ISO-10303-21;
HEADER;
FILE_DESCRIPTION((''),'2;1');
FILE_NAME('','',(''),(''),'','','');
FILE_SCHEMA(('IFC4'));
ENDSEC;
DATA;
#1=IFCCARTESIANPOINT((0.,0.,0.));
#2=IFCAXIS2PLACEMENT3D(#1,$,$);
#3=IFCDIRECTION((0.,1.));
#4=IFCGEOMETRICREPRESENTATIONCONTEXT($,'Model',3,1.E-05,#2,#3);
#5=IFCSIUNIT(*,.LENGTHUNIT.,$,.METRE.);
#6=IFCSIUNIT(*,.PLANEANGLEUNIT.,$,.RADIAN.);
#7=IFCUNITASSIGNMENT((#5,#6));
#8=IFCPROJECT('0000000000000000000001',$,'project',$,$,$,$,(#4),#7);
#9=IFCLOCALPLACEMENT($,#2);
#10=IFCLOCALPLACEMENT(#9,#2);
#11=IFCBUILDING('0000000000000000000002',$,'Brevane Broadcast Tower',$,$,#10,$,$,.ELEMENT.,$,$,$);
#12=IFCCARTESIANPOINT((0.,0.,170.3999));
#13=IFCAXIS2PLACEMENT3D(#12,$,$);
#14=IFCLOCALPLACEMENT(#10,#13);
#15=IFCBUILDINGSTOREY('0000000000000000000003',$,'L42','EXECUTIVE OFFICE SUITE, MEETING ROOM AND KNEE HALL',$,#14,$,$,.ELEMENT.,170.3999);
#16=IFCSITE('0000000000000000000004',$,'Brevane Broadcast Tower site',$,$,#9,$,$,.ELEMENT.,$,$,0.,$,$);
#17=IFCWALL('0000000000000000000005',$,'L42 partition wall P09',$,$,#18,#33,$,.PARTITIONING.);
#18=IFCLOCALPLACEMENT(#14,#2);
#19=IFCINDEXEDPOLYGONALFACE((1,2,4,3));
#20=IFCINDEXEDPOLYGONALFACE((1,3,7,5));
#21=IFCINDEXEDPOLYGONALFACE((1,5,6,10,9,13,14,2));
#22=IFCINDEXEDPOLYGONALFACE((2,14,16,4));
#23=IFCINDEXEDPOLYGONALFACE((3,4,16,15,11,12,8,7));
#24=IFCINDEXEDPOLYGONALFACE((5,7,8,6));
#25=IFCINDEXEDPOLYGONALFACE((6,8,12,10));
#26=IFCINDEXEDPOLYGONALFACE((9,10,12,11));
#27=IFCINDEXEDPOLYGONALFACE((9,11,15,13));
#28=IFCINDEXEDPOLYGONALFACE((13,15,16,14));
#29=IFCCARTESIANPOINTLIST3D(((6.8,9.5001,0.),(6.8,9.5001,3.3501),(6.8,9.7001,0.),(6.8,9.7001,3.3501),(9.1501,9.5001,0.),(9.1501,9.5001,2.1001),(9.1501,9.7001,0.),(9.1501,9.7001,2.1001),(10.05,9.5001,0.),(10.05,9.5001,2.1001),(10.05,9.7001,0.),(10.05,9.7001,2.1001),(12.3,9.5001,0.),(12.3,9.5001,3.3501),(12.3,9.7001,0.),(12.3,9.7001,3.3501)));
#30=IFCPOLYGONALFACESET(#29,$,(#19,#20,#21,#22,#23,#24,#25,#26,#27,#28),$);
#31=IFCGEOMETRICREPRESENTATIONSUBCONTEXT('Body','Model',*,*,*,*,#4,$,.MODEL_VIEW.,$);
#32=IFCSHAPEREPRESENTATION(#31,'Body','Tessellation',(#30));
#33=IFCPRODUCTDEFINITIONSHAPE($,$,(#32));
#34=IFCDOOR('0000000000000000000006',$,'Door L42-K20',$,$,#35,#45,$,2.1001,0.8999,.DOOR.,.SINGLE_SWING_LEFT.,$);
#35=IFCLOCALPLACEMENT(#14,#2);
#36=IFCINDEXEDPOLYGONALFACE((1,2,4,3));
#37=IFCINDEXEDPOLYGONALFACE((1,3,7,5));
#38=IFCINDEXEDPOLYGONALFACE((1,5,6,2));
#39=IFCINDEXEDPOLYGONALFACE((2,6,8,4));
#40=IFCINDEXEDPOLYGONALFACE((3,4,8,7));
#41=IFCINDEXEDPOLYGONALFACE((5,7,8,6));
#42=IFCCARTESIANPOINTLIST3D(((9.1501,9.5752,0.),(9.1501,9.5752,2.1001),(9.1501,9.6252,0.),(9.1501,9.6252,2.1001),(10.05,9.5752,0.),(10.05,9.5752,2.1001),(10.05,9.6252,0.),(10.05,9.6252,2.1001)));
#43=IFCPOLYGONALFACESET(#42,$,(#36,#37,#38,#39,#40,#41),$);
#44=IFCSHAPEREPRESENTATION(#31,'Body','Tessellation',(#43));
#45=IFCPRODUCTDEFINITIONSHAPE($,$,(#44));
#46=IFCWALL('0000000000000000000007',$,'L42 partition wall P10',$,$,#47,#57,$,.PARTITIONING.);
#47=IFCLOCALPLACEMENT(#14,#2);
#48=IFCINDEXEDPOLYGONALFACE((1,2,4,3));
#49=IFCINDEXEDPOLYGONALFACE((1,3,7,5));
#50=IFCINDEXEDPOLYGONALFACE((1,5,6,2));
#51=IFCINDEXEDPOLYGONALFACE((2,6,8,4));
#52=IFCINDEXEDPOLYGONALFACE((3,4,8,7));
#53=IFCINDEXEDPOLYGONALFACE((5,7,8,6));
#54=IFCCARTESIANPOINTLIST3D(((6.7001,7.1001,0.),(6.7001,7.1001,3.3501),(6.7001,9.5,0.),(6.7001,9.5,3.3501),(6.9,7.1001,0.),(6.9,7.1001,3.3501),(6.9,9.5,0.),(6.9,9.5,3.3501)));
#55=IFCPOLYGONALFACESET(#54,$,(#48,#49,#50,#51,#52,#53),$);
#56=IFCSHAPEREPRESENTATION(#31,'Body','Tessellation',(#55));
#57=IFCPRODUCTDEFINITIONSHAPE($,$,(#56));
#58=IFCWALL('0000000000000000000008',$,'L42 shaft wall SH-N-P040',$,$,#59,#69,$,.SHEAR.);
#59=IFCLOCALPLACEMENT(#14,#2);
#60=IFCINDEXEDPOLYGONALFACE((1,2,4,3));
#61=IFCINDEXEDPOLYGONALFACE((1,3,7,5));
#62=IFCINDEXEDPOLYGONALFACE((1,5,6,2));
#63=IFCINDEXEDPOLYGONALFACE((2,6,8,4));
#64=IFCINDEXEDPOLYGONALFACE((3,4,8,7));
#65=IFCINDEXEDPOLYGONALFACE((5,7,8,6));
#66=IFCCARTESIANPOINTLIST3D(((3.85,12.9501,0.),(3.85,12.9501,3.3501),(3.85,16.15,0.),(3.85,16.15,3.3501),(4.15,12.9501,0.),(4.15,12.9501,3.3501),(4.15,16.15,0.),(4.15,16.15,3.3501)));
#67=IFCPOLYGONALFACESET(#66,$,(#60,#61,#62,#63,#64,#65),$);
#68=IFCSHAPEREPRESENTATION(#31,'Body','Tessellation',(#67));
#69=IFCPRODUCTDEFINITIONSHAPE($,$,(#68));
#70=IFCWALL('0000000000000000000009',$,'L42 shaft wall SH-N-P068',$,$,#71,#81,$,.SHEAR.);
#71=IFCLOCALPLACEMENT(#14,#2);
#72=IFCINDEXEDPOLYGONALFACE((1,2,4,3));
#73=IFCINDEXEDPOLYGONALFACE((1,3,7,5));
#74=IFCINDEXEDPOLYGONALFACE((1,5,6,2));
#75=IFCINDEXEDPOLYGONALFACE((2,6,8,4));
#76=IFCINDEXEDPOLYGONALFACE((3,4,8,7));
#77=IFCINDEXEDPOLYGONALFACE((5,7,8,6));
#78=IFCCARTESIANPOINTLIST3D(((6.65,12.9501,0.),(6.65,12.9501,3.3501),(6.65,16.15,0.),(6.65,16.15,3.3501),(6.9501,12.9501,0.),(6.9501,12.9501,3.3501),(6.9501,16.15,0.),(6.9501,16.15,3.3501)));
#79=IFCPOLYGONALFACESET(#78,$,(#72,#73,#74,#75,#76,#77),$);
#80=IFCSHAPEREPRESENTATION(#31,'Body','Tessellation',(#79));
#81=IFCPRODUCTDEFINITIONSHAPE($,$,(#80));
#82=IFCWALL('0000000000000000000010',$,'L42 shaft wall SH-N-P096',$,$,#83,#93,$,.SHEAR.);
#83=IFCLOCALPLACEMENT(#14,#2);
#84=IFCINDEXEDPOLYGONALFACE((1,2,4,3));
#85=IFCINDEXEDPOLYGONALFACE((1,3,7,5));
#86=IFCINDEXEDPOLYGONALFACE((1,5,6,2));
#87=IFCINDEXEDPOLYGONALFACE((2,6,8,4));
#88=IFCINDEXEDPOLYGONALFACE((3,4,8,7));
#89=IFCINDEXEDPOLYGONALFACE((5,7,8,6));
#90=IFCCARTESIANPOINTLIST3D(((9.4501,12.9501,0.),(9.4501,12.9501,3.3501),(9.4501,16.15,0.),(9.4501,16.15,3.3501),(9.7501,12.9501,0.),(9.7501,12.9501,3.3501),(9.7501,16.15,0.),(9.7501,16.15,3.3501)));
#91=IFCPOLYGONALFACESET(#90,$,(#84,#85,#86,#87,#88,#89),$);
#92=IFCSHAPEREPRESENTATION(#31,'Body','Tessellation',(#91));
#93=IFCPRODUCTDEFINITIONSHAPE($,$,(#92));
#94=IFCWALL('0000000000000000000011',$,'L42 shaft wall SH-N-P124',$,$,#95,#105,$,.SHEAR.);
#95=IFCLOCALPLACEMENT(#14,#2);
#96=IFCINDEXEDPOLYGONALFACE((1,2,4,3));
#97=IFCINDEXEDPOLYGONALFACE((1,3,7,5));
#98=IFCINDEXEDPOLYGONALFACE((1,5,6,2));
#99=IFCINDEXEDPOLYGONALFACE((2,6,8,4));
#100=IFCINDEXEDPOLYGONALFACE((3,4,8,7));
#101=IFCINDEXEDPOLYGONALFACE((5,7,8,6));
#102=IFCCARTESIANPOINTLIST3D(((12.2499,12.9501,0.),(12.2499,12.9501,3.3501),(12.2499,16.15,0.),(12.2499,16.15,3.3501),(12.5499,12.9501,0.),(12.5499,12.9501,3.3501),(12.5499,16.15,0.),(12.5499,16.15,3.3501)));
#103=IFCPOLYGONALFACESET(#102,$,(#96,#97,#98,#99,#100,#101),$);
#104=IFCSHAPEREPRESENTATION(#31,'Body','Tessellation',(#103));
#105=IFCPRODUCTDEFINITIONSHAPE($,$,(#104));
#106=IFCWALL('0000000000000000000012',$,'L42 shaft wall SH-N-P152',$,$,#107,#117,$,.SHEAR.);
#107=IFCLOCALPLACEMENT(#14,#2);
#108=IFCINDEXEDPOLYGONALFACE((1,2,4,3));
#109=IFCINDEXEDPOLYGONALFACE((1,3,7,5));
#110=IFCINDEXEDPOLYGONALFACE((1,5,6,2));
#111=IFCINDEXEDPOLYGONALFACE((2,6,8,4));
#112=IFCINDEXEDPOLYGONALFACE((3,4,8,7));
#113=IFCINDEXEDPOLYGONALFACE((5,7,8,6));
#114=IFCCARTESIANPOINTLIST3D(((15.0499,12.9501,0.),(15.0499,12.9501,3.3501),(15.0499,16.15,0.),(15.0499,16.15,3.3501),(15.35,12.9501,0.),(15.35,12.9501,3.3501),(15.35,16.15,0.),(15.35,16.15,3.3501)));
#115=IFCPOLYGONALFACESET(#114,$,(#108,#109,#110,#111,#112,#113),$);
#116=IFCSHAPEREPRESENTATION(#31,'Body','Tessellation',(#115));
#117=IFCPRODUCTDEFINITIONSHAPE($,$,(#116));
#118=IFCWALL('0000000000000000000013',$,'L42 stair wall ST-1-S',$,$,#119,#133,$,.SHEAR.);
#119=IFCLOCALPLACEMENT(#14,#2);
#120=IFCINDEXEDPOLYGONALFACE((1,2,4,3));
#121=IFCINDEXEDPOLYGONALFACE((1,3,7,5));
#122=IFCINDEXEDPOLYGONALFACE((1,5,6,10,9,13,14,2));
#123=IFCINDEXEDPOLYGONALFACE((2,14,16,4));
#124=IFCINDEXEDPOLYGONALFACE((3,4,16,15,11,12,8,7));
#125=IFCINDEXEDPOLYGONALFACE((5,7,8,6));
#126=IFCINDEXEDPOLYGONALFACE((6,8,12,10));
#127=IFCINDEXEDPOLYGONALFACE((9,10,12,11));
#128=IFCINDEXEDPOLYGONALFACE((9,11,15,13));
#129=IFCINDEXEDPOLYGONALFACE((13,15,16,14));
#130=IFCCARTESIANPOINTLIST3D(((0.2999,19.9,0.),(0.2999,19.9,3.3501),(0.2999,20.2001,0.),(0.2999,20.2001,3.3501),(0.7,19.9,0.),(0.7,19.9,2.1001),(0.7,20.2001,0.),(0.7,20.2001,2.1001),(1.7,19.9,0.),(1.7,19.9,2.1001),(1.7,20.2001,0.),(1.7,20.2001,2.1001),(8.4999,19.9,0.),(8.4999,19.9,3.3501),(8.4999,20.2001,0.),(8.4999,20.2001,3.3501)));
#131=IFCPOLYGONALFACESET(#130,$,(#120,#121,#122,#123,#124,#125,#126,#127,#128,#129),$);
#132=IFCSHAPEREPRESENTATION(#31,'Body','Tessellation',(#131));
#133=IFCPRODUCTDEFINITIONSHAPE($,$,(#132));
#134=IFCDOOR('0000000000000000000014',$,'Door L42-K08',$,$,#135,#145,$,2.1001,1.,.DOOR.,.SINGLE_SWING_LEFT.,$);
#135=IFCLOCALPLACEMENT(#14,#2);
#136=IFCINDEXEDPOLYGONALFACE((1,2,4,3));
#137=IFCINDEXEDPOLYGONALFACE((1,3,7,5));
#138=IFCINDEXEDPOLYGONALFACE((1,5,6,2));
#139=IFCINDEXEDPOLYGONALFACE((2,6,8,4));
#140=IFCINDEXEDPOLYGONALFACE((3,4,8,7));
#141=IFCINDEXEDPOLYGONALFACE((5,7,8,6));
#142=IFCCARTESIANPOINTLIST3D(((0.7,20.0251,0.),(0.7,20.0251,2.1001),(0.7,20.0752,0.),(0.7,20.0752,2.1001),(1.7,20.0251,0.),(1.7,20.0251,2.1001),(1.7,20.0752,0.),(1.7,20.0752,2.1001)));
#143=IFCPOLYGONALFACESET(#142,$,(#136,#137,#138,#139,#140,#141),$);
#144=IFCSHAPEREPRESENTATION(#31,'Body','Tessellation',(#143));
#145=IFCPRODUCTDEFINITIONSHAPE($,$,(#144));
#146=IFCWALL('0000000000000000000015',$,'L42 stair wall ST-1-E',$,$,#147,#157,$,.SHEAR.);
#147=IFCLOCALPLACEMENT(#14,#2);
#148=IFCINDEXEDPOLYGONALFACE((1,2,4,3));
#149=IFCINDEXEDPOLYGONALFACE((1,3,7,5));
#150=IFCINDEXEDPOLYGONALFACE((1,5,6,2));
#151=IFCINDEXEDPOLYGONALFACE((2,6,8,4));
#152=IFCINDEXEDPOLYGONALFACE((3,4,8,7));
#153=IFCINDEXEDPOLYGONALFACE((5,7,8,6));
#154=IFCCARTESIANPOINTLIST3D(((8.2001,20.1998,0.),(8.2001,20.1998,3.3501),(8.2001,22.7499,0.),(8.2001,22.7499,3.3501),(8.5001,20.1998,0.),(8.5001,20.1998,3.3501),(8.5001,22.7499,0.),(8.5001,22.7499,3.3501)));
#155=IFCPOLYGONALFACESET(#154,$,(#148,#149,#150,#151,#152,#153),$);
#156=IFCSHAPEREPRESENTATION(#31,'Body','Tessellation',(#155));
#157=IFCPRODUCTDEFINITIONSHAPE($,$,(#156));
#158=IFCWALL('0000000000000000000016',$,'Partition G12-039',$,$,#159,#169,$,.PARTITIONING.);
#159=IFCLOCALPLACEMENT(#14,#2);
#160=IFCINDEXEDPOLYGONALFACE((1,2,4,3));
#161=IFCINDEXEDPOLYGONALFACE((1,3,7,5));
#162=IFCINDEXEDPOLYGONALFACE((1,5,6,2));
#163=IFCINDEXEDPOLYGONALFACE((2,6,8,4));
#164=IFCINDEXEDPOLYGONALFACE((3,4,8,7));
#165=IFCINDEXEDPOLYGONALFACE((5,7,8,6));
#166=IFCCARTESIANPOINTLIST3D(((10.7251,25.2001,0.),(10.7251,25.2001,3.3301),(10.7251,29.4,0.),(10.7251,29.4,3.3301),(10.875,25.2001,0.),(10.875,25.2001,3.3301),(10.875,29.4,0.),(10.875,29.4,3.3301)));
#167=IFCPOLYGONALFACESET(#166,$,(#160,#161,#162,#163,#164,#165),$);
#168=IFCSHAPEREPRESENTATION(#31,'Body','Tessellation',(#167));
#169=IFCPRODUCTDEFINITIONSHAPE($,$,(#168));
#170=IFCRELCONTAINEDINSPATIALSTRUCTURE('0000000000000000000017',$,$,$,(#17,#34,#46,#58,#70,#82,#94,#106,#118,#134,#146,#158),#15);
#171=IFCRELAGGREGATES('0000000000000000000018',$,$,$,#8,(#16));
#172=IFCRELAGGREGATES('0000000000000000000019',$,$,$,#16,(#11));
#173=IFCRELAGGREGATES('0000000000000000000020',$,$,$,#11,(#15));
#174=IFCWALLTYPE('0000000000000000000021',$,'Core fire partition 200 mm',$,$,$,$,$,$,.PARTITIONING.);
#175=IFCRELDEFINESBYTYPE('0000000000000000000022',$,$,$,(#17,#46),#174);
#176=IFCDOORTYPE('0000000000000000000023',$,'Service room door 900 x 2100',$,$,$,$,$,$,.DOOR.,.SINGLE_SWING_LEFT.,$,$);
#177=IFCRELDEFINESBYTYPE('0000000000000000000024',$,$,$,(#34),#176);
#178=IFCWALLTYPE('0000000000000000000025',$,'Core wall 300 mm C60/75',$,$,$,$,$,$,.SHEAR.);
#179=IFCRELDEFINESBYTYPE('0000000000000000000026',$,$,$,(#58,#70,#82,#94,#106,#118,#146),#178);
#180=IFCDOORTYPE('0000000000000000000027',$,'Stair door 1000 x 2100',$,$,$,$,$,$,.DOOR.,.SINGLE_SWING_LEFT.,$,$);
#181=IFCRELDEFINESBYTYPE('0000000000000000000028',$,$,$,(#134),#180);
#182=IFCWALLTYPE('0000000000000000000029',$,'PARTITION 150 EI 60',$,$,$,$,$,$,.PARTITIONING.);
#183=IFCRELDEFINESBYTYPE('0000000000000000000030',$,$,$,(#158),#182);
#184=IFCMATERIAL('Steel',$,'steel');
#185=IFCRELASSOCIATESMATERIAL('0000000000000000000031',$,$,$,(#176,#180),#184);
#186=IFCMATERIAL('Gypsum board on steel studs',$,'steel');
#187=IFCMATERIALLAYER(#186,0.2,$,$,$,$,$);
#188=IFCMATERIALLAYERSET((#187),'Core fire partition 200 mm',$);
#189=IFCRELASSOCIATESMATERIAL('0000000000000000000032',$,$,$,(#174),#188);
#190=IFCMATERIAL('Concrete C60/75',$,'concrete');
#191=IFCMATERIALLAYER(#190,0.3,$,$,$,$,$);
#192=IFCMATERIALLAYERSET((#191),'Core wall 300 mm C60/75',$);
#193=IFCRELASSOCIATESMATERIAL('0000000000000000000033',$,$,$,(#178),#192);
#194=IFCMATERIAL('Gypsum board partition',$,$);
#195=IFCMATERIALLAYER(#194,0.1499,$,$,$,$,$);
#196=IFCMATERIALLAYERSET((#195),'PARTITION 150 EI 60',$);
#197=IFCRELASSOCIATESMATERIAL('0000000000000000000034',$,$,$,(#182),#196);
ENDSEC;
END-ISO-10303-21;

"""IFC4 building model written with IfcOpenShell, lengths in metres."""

from ifc_helpers import new_model, si_unit, direction, frame, frame_2d, origin, place, context, subcontext, project, spatial, rectangle, extrude, material, layer, layer_set, type_object, element, fill, save


model = new_model("IFC4")

# Units and contexts
model_context = context("Model", 3, precision=1e-05, world=origin(), true_north=direction((0.0, 1.0)))
body_context = subcontext(model_context, "Body", "Model", "MODEL_VIEW")
ifc_project = project(units=[si_unit("LENGTHUNIT", "METRE"), si_unit("PLANEANGLEUNIT", "RADIAN")], contexts=[model_context])

# Site, building, storey
site_placement = place(None, origin())
site = spatial("IfcSite", under=ifc_project, at=site_placement, Name="Brevane Broadcast Tower site", CompositionType="ELEMENT", RefElevation=0.0)
building_placement = place(site_placement, origin())
building = spatial("IfcBuilding", under=site, at=building_placement, Name="Brevane Broadcast Tower", CompositionType="ELEMENT")
storey_placement = place(building_placement, frame((0.0, 0.0, 170.3999)))
storey = spatial("IfcBuildingStorey", under=building, at=storey_placement, Name="L42", Description="EXECUTIVE OFFICE SUITE, MEETING ROOM AND KNEE HALL", CompositionType="ELEMENT", Elevation=170.3999)

# Shared definitions
ifc_material_1 = material(Name="Concrete C60/75", Category="concrete")

# Shared definitions
ifc_material_2 = material(Name="Gypsum board on steel studs", Category="steel")
ifc_material_3 = material(Name="Steel", Category="steel")
door_type_1 = type_object("IfcDoorType", Name="Service room door 900 x 2100", OperationType="SINGLE_SWING_LEFT", PredefinedType="DOOR", material=ifc_material_3)
ifc_layer_1 = layer(ifc_material_2, 0.2)
ifc_layer_set_1 = layer_set([ifc_layer_1], Name="Core fire partition 200 mm")
wall_type_1 = type_object("IfcWallType", Name="Core fire partition 200 mm", PredefinedType="PARTITIONING", material=ifc_layer_set_1)
door_type_2 = type_object("IfcDoorType", Name="Stair door 1000 x 2100", OperationType="SINGLE_SWING_LEFT", PredefinedType="DOOR", material=ifc_material_3)

# Wall, opening, door
wall_1_placement = place(storey_placement, frame((12.3, 9.6001, 0.0), z_axis=(0.0, 0.0, 1.0), x_axis=(-1.0, 0.0, 0.0)))
wall_1 = element("IfcWall", 1, at=wall_1_placement, inside=storey, type_object=wall_type_1, Name="L42 partition wall P09", PredefinedType="PARTITIONING", context=body_context, shape_type="SweptSolid", body=[
    extrude(rectangle(XDim=5.5, YDim=0.2, at=frame_2d((2.75, 0.0))), origin(), (0.0, 0.0, 1.0), 3.3501),
])
opening_1_placement = place(wall_1_placement, frame((2.25, 0.0, 0.0)))
opening_1 = element("IfcOpeningElement", 2, at=opening_1_placement, cuts=wall_1, PredefinedType="OPENING", context=body_context, shape_type="SweptSolid", body=[
    extrude(rectangle(XDim=0.8999, YDim=2.1001, at=frame_2d((0.45, 1.05))), frame((0.0, 0.1099, 0.0), z_axis=(0.0, -1.0, 0.0), x_axis=(1.0, 0.0, 0.0)), (0.0, 0.0, 1.0), 0.22),
])
door_1_placement = place(opening_1_placement, origin())
door_1 = element("IfcDoor", 3, at=door_1_placement, inside=storey, type_object=door_type_1, Name="Door L42-K20", OperationType="SINGLE_SWING_LEFT", OverallHeight=2.1001, OverallWidth=0.8999, PredefinedType="DOOR", context=body_context, shape_type="SweptSolid", body=[
    extrude(rectangle(XDim=0.8999, YDim=2.1001, at=frame_2d((0.45, 1.05))), frame((0.0, 0.0249, 0.0), z_axis=(0.0, -1.0, 0.0), x_axis=(1.0, 0.0, 0.0)), (0.0, 0.0, 1.0), 0.05),
])
fill(opening_1, door_1)

# Walls
wall_2_placement = place(storey_placement, frame((6.8, 9.5, 0.0), z_axis=(0.0, 0.0, 1.0), x_axis=(0.0, -1.0, 0.0)))
element("IfcWall", 4, at=wall_2_placement, inside=storey, type_object=wall_type_1, Name="L42 partition wall P10", PredefinedType="PARTITIONING", context=body_context, shape_type="SweptSolid", body=[
    extrude(rectangle(XDim=2.3999, YDim=0.2, at=frame_2d((1.2, 0.0))), origin(), (0.0, 0.0, 1.0), 3.3501),
])
ifc_layer_2 = layer(ifc_material_1, 0.3)
ifc_layer_set_2 = layer_set([ifc_layer_2], Name="Core wall 300 mm C60/75")
wall_type_2 = type_object("IfcWallType", Name="Core wall 300 mm C60/75", PredefinedType="SHEAR", material=ifc_layer_set_2)
for number, where, z_axis, x_axis, name in (
    (5, (4.0, 12.95, 0.0), (0.0, 0.0, 1.0), (0.0, 1.0, 0.0), "L42 shaft wall SH-N-P040"),
    (6, (6.8, 12.95, 0.0), (0.0, 0.0, 1.0), (0.0, 1.0, 0.0), "L42 shaft wall SH-N-P068"),
    (7, (9.6001, 12.95, 0.0), (0.0, 0.0, 1.0), (0.0, 1.0, 0.0), "L42 shaft wall SH-N-P096"),
    (8, (12.3999, 12.95, 0.0), (0.0, 0.0, 1.0), (0.0, 1.0, 0.0), "L42 shaft wall SH-N-P124"),
    (9, (15.2, 12.95, 0.0), (0.0, 0.0, 1.0), (0.0, 1.0, 0.0), "L42 shaft wall SH-N-P152"),
):
    element("IfcWall", number, at=place(storey_placement, frame(where, z_axis=z_axis, x_axis=x_axis)), inside=storey, type_object=wall_type_2, Name=name, PredefinedType="SHEAR", context=body_context, shape_type="SweptSolid", body=[
        extrude(rectangle(XDim=3.2, YDim=0.3, at=frame_2d((1.6001, 0.0))), origin(), (0.0, 0.0, 1.0), 3.3501),
    ])

# Wall, opening, door
wall_3_placement = place(storey_placement, frame((8.5, 20.05, 0.0), z_axis=(0.0, 0.0, 1.0), x_axis=(-1.0, 0.0, 0.0)))
wall_3 = element("IfcWall", 10, at=wall_3_placement, inside=storey, type_object=wall_type_2, Name="L42 stair wall ST-1-S", PredefinedType="SHEAR", context=body_context, shape_type="SweptSolid", body=[
    extrude(rectangle(XDim=8.2, YDim=0.3, at=frame_2d((4.1001, 0.0))), origin(), (0.0, 0.0, 1.0), 3.3501),
])
opening_2_placement = place(wall_3_placement, frame((6.8, 0.0, 0.0)))
opening_2 = element("IfcOpeningElement", 11, at=opening_2_placement, cuts=wall_3, PredefinedType="OPENING", context=body_context, shape_type="SweptSolid", body=[
    extrude(rectangle(XDim=1.0, YDim=2.1001, at=frame_2d((0.5, 1.05))), frame((0.0, 0.1599, 0.0), z_axis=(0.0, -1.0, 0.0), x_axis=(1.0, 0.0, 0.0)), (0.0, 0.0, 1.0), 0.3201),
])
door_2_placement = place(opening_2_placement, origin())
door_2 = element("IfcDoor", 12, at=door_2_placement, inside=storey, type_object=door_type_2, Name="Door L42-K08", OperationType="SINGLE_SWING_LEFT", OverallHeight=2.1001, OverallWidth=1.0, PredefinedType="DOOR", context=body_context, shape_type="SweptSolid", body=[
    extrude(rectangle(XDim=1.0, YDim=2.1001, at=frame_2d((0.5, 1.05))), frame((0.0, 0.0249, 0.0), z_axis=(0.0, -1.0, 0.0), x_axis=(1.0, 0.0, 0.0)), (0.0, 0.0, 1.0), 0.05),
])
fill(opening_2, door_2)

# Walls
wall_4_placement = place(storey_placement, frame((8.3501, 20.2, 0.0), z_axis=(0.0, 0.0, 1.0), x_axis=(0.0, 1.0, 0.0)))
element("IfcWall", 13, at=wall_4_placement, inside=storey, type_object=wall_type_2, Name="L42 stair wall ST-1-E", PredefinedType="SHEAR", context=body_context, shape_type="SweptSolid", body=[
    extrude(rectangle(XDim=2.55, YDim=0.3, at=frame_2d((1.2749, 0.0))), origin(), (0.0, 0.0, 1.0), 3.3501),
])
ifc_material_4 = material(Name="Gypsum board partition")
ifc_layer_3 = layer(ifc_material_4, 0.1499)
ifc_layer_set_3 = layer_set([ifc_layer_3], Name="PARTITION 150 EI 60")
wall_type_3 = type_object("IfcWallType", Name="PARTITION 150 EI 60", PredefinedType="PARTITIONING", material=ifc_layer_set_3)
wall_5_placement = place(storey_placement, frame((10.8, 25.2, 0.0), z_axis=(0.0, 0.0, 1.0), x_axis=(0.0, 1.0, 0.0)))
element("IfcWall", 14, at=wall_5_placement, inside=storey, type_object=wall_type_3, Name="Partition G12-039", PredefinedType="PARTITIONING", context=body_context, shape_type="SweptSolid", body=[
    extrude(rectangle(XDim=4.2, YDim=0.1499, at=frame_2d((2.1001, 0.0))), origin(), (0.0, 0.0, 1.0), 3.3301),
])

save(model, "model.ifc")
